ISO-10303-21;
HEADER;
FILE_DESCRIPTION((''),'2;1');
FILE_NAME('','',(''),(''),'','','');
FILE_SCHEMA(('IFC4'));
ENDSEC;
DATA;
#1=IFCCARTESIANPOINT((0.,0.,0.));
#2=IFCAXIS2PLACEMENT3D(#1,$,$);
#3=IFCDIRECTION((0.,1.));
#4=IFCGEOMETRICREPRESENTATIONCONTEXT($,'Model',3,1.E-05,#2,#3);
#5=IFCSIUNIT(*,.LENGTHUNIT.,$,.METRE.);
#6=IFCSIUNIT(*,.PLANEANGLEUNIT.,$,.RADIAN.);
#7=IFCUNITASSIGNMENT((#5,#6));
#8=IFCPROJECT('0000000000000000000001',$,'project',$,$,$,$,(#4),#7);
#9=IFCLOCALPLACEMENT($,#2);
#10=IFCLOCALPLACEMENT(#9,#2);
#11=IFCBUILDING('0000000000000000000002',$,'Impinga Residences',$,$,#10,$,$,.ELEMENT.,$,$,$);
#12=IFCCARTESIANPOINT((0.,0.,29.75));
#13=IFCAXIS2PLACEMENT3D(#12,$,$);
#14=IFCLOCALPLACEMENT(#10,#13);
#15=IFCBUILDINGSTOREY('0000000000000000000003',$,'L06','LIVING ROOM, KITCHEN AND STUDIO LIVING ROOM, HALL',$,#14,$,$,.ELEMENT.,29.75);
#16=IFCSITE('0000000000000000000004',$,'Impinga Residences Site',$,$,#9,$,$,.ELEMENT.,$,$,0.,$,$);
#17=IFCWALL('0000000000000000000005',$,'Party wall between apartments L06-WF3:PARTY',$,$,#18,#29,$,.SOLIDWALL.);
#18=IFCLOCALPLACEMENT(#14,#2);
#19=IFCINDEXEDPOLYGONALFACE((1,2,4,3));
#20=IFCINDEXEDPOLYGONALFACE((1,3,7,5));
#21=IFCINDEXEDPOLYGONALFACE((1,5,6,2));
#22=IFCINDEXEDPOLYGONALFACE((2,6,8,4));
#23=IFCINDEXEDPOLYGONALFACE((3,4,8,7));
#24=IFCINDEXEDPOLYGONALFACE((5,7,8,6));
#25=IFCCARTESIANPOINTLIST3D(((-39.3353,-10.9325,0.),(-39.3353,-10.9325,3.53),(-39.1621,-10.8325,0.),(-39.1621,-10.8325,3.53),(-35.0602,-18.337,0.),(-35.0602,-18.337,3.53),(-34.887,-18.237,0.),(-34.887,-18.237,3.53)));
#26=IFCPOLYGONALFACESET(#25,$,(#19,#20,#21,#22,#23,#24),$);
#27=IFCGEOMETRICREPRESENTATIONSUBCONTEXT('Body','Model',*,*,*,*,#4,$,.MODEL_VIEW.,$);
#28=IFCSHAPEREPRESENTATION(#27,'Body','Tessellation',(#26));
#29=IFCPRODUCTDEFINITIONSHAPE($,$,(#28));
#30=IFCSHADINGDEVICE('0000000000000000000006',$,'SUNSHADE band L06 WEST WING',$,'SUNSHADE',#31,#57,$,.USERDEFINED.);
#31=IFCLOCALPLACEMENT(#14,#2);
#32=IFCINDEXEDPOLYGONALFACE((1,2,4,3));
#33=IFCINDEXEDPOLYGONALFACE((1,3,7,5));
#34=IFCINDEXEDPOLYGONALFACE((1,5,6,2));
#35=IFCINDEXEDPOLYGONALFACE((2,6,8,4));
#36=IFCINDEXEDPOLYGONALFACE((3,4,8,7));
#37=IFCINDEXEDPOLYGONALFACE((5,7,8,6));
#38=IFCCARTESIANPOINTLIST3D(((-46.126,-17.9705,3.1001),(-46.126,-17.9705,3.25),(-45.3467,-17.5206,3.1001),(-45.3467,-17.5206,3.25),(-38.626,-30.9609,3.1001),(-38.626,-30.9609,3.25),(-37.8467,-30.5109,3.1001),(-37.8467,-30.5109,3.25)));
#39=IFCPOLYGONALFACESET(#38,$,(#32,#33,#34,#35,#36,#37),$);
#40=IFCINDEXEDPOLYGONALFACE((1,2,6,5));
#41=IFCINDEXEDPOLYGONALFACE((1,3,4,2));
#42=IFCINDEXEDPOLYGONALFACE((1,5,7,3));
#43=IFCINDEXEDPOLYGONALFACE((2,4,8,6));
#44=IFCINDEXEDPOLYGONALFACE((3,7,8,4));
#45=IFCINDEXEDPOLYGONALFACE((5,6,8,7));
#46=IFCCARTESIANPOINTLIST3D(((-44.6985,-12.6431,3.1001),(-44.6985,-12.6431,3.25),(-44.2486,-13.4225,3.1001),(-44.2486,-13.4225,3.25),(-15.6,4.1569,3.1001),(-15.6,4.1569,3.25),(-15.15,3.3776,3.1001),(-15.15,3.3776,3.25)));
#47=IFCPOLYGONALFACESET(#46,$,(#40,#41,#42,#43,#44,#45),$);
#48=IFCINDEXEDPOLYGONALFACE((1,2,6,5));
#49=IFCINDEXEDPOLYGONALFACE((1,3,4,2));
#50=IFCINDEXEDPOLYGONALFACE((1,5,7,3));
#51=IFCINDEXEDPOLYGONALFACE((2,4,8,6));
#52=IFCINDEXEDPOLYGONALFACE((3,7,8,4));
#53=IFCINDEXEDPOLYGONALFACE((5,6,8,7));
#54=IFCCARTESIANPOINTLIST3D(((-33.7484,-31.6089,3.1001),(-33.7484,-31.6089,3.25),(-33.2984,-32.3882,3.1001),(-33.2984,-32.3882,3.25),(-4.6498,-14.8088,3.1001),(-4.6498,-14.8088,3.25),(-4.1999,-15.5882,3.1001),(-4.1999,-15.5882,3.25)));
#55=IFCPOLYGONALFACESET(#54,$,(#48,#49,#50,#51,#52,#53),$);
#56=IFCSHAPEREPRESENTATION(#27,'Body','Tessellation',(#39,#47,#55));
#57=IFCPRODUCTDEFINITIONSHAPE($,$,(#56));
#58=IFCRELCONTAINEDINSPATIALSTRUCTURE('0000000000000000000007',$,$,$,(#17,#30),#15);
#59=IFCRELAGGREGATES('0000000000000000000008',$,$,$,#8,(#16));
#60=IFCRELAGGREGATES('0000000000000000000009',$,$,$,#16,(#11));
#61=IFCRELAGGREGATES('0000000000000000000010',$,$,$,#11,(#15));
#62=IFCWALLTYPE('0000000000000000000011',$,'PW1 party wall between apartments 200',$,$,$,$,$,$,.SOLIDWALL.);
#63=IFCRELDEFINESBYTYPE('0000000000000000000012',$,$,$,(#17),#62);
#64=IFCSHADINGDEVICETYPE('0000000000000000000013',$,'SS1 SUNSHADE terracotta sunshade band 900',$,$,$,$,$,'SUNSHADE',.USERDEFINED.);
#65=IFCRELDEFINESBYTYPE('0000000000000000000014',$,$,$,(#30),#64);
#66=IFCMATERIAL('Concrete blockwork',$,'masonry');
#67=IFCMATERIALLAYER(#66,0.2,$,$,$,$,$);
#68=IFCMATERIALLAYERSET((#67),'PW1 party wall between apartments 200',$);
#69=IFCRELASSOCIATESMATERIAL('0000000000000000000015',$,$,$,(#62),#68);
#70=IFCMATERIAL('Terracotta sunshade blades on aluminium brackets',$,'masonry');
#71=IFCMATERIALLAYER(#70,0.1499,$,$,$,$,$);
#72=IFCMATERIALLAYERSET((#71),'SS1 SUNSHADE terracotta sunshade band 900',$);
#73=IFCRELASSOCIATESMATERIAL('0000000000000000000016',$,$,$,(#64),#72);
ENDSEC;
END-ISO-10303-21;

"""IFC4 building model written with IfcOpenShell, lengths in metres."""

from ifc_helpers import new_model, si_unit, direction, frame, frame_2d, origin, origin_2d, place, context, subcontext, project, spatial, rectangle, extrude, material, layer, layer_set, type_object, element, save


model = new_model("IFC4")

# Units and contexts
model_context = context("Model", 3, precision=1e-05, world=origin(), true_north=direction((0.0, 1.0)))
body_context = subcontext(model_context, "Body", "Model", "MODEL_VIEW")
ifc_project = project(units=[si_unit("LENGTHUNIT", "METRE"), si_unit("PLANEANGLEUNIT", "RADIAN")], contexts=[model_context])

# Site, building, storey
site_placement = place(None, origin())
site = spatial("IfcSite", under=ifc_project, at=site_placement, Name="Impinga Residences Site", CompositionType="ELEMENT", RefElevation=0.0)
building_placement = place(site_placement, origin())
building = spatial("IfcBuilding", under=site, at=building_placement, Name="Impinga Residences", CompositionType="ELEMENT")
storey_placement = place(building_placement, frame((0.0, 0.0, 29.75)))
storey = spatial("IfcBuildingStorey", under=building, at=storey_placement, Name="L06", Description="LIVING ROOM, KITCHEN AND STUDIO LIVING ROOM, HALL", CompositionType="ELEMENT", Elevation=29.75)

# Wall
ifc_material_1 = material(Name="Concrete blockwork", Category="masonry")
ifc_layer_1 = layer(ifc_material_1, 0.2)
ifc_layer_set_1 = layer_set([ifc_layer_1], Name="PW1 party wall between apartments 200")
wall_type_1 = type_object("IfcWallType", Name="PW1 party wall between apartments 200", PredefinedType="SOLIDWALL", material=ifc_layer_set_1)
wall_1_placement = place(storey_placement, frame((-34.9736, -18.2869, 0.0), z_axis=(0.0, 0.0, 1.0), x_axis=(-0.500012, 0.866019, 0.0)))
element("IfcWall", 1, at=wall_1_placement, inside=storey, type_object=wall_type_1, Name="Party wall between apartments L06-WF3:PARTY", PredefinedType="SOLIDWALL", context=body_context, shape_type="SweptSolid", body=[
    extrude(rectangle(XDim=8.55, YDim=0.2, at=frame_2d((4.2749, 0.0))), origin(), (0.0, 0.0, 1.0), 3.53),
])

# Shading device
ifc_material_2 = material(Name="Terracotta sunshade blades on aluminium brackets", Category="masonry")
ifc_layer_2 = layer(ifc_material_2, 0.1499)
ifc_layer_set_2 = layer_set([ifc_layer_2], Name="SS1 SUNSHADE terracotta sunshade band 900")
shading_device_type = type_object("IfcShadingDeviceType", Name="SS1 SUNSHADE terracotta sunshade band 900", ElementType="SUNSHADE", PredefinedType="USERDEFINED", material=ifc_layer_set_2)
shading_device_placement = place(storey_placement, frame((-41.9863, -24.2407, 3.1001), z_axis=(0.0, 0.0, 1.0), x_axis=(-0.5, 0.866025, 0.0)))
element("IfcShadingDevice", 2, at=shading_device_placement, inside=storey, type_object=shading_device_type, Name="SUNSHADE band L06 WEST WING", ObjectType="SUNSHADE", PredefinedType="USERDEFINED", context=body_context, shape_type="SweptSolid", body=[
    extrude(rectangle(XDim=15.0, YDim=0.8999, at=origin_2d()), origin(), (0.0, 0.0, 1.0), 0.1499),
    extrude(rectangle(XDim=33.6001, YDim=0.8999, at=origin_2d()), frame((10.95, -20.25, 0.0), z_axis=(0.0, 0.0, 1.0), x_axis=(0.0, -1.0, 0.0)), (0.0, 0.0, 1.0), 0.1499),
    extrude(rectangle(XDim=33.6001, YDim=0.8999, at=origin_2d()), frame((-10.95, -20.2502, 0.0), z_axis=(0.0, 0.0, 1.0), x_axis=(0.0, 1.0, 0.0)), (0.0, 0.0, 1.0), 0.1499),
])

save(model, "model.ifc")
